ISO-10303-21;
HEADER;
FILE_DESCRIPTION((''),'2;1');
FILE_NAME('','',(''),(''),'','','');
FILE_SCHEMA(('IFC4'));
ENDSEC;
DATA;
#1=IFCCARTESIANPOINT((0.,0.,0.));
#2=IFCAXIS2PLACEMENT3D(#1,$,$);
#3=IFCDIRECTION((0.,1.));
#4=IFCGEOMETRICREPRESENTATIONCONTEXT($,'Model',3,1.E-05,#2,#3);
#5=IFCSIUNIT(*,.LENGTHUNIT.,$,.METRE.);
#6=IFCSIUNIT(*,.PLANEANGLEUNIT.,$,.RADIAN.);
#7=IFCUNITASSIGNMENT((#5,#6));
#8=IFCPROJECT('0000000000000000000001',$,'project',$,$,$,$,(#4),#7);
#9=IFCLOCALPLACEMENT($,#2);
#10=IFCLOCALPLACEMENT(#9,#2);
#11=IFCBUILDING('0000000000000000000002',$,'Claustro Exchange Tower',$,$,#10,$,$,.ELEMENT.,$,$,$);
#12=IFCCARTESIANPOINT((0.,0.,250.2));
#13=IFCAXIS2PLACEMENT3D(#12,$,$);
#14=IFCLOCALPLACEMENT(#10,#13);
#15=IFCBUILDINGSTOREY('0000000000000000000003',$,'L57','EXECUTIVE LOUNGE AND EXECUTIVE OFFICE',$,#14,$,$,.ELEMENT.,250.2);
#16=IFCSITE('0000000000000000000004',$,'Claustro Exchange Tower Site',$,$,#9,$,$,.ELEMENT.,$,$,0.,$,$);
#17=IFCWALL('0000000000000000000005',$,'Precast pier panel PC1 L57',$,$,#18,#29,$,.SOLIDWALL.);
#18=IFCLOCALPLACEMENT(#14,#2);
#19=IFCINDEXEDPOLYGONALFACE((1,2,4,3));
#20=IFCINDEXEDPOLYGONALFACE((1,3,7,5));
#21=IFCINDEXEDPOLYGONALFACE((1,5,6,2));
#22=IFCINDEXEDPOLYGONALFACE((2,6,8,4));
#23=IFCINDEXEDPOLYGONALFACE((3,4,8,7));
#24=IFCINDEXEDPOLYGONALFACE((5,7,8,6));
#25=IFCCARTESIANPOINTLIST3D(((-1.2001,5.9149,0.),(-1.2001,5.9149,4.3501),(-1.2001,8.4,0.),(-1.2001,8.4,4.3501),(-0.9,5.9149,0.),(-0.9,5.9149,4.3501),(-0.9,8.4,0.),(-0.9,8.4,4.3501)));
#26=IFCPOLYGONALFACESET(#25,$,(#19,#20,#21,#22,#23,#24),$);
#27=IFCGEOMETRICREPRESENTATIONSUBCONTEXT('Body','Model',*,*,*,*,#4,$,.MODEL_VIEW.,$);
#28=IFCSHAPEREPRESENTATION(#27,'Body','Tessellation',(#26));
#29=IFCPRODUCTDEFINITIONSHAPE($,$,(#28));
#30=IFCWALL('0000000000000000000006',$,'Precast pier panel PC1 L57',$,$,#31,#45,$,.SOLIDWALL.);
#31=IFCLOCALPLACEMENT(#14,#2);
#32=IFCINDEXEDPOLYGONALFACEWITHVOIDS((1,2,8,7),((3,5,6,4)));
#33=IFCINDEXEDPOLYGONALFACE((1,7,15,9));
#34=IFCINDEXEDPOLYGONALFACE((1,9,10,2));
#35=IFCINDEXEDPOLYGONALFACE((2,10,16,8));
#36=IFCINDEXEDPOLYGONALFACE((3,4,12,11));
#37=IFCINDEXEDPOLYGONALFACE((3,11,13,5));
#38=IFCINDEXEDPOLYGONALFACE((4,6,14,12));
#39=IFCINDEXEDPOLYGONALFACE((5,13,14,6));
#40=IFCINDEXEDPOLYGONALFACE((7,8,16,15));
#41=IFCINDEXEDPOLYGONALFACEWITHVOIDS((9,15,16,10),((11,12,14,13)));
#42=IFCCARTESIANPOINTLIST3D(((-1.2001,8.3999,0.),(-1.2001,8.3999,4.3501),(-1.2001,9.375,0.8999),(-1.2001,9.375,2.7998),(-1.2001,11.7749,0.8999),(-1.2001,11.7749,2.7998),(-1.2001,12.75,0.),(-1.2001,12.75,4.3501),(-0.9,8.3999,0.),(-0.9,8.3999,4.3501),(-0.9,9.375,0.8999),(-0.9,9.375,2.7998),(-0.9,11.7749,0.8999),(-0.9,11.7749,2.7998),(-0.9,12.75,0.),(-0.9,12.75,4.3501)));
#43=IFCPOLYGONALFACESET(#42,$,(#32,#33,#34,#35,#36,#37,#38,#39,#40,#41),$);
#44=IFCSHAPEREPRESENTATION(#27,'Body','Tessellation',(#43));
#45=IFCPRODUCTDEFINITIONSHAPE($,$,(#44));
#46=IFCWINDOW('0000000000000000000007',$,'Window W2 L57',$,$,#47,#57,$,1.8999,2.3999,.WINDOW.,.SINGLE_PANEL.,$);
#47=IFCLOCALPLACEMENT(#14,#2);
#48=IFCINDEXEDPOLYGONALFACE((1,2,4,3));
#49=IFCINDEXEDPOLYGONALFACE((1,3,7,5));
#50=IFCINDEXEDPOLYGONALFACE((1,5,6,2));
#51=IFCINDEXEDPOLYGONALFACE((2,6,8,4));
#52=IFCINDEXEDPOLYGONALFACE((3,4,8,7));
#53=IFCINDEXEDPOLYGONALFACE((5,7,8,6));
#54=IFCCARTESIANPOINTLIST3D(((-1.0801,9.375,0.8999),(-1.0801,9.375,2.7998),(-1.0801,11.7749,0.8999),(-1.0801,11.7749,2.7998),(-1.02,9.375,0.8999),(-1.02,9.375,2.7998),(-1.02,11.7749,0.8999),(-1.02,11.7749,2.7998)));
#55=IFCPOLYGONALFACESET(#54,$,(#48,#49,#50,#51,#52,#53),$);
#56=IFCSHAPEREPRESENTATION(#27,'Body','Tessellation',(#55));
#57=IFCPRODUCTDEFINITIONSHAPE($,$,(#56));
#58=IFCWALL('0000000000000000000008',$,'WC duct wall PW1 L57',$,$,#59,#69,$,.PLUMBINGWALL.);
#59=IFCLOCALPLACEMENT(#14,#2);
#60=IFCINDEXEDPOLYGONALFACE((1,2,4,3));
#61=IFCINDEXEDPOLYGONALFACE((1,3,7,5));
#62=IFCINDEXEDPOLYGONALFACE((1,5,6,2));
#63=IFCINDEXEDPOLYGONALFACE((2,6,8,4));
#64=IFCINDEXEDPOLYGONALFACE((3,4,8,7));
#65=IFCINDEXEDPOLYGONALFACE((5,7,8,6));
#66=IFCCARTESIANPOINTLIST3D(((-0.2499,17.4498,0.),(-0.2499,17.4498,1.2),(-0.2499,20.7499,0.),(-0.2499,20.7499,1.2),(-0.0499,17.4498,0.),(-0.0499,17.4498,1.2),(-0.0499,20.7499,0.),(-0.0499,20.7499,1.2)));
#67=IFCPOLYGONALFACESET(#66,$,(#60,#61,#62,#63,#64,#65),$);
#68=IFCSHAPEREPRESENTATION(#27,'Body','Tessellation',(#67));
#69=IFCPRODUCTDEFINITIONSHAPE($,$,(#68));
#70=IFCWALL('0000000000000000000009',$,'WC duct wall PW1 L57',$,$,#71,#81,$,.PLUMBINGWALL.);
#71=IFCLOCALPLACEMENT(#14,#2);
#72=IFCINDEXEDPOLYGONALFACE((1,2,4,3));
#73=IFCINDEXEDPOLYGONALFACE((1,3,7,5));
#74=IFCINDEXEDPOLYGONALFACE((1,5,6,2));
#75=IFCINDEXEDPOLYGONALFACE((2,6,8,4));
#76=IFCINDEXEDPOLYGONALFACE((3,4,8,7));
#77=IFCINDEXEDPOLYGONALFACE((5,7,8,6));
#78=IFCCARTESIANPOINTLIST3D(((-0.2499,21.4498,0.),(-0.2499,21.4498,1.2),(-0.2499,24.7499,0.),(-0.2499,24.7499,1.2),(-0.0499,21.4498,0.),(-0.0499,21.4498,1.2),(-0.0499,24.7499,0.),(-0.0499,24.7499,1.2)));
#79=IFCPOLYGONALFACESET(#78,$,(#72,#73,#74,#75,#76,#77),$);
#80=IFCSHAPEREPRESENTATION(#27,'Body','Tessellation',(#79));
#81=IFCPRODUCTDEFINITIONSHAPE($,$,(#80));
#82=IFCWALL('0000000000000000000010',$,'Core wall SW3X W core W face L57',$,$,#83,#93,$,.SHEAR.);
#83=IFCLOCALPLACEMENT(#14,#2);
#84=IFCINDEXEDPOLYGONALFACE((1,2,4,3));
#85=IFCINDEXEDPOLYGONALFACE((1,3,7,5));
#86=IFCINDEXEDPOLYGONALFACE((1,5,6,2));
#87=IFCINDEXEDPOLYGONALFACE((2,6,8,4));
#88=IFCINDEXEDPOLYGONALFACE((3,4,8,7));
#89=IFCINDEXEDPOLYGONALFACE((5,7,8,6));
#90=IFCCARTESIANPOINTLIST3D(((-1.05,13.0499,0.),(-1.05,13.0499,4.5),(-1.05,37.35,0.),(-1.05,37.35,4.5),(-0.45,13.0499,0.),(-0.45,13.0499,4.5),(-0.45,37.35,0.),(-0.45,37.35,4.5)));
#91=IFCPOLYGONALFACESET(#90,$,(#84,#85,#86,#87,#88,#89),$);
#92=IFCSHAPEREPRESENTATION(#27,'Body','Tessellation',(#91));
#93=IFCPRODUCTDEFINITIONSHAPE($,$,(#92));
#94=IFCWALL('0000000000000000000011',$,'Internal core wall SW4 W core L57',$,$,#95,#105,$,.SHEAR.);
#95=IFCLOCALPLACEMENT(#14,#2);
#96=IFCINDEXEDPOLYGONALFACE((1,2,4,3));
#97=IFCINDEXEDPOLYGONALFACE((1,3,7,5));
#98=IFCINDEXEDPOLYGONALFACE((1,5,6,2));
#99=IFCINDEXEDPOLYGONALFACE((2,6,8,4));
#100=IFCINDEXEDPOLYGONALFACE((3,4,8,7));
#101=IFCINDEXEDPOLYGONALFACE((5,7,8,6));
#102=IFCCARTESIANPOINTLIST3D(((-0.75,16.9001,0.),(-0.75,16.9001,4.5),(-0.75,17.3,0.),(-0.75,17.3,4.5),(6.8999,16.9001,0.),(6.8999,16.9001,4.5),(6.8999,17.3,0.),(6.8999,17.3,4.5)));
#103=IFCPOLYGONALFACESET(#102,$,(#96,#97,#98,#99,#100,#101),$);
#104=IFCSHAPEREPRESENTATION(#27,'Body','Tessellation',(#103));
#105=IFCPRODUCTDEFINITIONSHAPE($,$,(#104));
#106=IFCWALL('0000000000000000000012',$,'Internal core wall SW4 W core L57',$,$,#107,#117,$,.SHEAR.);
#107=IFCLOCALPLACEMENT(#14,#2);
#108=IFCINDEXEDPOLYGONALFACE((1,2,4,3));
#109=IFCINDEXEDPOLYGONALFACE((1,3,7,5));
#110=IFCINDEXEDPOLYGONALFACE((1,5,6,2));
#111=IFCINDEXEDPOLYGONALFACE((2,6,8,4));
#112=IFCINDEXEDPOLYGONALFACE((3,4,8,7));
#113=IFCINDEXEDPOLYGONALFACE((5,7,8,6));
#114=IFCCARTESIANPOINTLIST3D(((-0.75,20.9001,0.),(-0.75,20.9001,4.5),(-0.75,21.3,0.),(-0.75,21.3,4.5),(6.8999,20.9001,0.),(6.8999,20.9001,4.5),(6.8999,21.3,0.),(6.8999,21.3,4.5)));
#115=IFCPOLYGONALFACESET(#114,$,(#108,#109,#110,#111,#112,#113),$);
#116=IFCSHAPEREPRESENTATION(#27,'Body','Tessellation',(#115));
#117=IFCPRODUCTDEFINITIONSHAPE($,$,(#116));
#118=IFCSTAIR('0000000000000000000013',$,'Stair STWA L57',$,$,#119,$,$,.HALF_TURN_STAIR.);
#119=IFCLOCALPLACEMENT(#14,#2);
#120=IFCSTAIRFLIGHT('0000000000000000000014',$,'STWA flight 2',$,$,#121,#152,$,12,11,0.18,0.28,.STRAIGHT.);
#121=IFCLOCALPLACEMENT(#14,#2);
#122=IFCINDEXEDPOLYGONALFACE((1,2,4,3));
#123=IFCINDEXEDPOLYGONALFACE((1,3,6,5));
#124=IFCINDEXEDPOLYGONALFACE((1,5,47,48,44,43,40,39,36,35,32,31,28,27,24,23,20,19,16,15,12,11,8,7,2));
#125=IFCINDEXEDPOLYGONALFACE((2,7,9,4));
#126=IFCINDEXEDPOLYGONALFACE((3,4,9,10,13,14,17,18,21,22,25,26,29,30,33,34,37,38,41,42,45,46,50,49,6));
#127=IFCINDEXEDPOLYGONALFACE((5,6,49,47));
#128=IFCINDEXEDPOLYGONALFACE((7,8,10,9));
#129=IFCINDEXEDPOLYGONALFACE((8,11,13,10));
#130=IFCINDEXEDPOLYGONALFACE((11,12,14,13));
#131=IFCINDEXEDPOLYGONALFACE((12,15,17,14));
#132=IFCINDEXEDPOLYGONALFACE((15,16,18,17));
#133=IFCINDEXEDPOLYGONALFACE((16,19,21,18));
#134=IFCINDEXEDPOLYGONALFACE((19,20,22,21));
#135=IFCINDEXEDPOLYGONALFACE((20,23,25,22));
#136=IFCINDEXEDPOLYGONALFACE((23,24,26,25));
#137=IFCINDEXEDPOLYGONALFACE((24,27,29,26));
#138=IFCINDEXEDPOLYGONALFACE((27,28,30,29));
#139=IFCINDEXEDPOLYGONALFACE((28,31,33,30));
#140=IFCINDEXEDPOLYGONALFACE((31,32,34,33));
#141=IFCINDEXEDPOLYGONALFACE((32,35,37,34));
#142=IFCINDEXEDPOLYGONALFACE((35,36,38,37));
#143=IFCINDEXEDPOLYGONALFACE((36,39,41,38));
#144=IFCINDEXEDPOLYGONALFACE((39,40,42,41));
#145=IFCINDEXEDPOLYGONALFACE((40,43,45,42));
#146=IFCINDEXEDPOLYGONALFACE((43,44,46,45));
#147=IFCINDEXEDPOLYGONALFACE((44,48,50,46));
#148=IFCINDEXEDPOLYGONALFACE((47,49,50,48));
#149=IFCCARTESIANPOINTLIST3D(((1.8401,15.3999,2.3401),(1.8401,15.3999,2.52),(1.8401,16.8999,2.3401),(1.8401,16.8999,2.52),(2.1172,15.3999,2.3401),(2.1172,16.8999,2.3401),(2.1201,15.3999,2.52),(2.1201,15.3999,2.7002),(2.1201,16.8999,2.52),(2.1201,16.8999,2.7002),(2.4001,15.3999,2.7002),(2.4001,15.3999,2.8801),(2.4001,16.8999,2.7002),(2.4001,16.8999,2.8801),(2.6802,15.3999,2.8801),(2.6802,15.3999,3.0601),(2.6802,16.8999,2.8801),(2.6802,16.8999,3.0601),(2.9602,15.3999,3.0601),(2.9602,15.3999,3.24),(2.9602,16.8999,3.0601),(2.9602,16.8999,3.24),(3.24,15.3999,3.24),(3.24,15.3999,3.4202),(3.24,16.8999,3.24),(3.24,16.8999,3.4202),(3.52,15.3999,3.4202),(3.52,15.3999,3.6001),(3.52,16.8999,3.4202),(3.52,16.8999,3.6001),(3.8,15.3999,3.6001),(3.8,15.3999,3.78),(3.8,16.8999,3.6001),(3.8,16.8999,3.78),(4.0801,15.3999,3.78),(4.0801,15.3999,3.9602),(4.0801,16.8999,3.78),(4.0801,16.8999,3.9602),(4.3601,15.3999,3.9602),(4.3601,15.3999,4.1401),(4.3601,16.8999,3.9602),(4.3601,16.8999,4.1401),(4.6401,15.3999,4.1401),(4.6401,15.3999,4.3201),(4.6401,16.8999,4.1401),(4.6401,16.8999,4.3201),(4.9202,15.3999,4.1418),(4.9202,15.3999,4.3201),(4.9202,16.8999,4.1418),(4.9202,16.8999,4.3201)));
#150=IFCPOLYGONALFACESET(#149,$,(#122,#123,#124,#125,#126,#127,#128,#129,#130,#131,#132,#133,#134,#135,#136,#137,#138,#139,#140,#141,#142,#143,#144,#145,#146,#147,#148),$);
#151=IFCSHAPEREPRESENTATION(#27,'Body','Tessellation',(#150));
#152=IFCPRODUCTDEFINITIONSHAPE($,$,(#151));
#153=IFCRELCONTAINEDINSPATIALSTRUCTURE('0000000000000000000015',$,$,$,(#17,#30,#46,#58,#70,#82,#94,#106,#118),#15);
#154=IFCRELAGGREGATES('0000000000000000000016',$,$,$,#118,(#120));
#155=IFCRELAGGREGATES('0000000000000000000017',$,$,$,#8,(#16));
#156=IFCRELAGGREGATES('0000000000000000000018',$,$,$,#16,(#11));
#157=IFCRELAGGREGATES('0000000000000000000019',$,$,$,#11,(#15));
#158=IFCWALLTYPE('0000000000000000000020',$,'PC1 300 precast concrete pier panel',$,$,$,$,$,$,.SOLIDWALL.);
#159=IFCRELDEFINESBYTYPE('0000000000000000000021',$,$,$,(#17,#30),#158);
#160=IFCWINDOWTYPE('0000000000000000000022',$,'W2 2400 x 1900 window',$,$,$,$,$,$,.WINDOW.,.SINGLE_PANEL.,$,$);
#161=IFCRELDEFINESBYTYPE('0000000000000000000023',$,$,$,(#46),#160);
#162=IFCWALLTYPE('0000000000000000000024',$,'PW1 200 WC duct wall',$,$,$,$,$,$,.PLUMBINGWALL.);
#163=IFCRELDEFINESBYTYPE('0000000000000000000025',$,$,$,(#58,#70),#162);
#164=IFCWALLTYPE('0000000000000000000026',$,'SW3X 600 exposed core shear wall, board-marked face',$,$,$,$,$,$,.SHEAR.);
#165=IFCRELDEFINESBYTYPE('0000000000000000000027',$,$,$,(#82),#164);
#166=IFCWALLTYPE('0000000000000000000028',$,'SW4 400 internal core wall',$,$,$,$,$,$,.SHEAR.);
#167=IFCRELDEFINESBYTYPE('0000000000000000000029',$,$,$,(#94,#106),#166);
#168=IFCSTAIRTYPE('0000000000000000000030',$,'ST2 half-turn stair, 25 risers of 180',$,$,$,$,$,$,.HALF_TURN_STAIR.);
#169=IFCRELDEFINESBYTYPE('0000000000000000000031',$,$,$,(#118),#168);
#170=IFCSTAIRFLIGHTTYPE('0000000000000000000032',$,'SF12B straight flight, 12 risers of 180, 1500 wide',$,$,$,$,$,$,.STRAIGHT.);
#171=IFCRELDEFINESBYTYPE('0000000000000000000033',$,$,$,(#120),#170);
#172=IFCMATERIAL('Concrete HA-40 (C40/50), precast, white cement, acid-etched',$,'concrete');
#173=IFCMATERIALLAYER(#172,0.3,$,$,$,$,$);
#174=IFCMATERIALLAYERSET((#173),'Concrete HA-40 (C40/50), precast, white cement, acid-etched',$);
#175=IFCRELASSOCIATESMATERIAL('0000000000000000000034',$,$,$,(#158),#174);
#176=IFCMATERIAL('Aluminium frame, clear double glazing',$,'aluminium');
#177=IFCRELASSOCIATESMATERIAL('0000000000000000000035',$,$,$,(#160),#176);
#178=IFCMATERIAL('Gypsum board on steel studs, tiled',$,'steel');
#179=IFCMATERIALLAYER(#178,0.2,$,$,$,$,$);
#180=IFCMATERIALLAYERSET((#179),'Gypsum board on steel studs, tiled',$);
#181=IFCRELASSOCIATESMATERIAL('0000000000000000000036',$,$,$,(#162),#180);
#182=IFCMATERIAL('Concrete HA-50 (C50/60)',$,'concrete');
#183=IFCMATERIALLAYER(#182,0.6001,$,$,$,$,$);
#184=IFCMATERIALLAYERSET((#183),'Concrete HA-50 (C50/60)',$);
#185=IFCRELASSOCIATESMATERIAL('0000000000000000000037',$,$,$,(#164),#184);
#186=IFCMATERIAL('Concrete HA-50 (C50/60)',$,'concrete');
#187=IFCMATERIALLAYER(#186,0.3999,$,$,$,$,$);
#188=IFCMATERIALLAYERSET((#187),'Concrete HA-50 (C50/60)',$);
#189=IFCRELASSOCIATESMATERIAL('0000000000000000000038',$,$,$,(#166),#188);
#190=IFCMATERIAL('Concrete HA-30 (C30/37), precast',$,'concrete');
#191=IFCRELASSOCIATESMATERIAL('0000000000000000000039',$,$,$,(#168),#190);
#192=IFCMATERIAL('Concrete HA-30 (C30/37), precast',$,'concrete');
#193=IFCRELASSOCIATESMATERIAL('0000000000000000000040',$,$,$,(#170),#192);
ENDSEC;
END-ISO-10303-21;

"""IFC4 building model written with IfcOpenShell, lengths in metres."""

from ifc_helpers import new_model, si_unit, direction, frame, frame_2d, origin, place, context, subcontext, project, spatial, polyline, rectangle, outline, extrude, material, layer, layer_set, type_object, element, fill, aggregate, save


model = new_model("IFC4")

# Units and contexts
model_context = context("Model", 3, precision=1e-05, world=origin(), true_north=direction((0.0, 1.0)))
body_context = subcontext(model_context, "Body", "Model", "MODEL_VIEW")
ifc_project = project(units=[si_unit("LENGTHUNIT", "METRE"), si_unit("PLANEANGLEUNIT", "RADIAN")], contexts=[model_context])

# Site, building, storey
site_placement = place(None, origin())
site = spatial("IfcSite", under=ifc_project, at=site_placement, Name="Claustro Exchange Tower Site", CompositionType="ELEMENT", RefElevation=0.0)
building_placement = place(site_placement, origin())
building = spatial("IfcBuilding", under=site, at=building_placement, Name="Claustro Exchange Tower", CompositionType="ELEMENT")
storey_placement = place(building_placement, frame((0.0, 0.0, 250.2)))
storey = spatial("IfcBuildingStorey", under=building, at=storey_placement, Name="L57", Description="EXECUTIVE LOUNGE AND EXECUTIVE OFFICE", CompositionType="ELEMENT", Elevation=250.2)

# Wall
ifc_material_1 = material(Name="Concrete HA-40 (C40/50), precast, white cement, acid-etched", Category="concrete")
ifc_layer_1 = layer(ifc_material_1, 0.3)
ifc_layer_set_1 = layer_set([ifc_layer_1], Name="Concrete HA-40 (C40/50), precast, white cement, acid-etched")
wall_type_1 = type_object("IfcWallType", Name="PC1 300 precast concrete pier panel", PredefinedType="SOLIDWALL", material=ifc_layer_set_1)
wall_1_placement = place(storey_placement, frame((-1.05, 5.9148, 0.0), z_axis=(0.0, 0.0, 1.0), x_axis=(0.0, 1.0, 0.0)))
element("IfcWall", 1, at=wall_1_placement, inside=storey, type_object=wall_type_1, Name="Precast pier panel PC1 L57", PredefinedType="SOLIDWALL", context=body_context, shape_type="SweptSolid", body=[
    extrude(rectangle(XDim=2.4851, YDim=0.3, at=frame_2d((1.2427, 0.0))), origin(), (0.0, 0.0, 1.0), 4.3501),
])

# Wall, opening, window
wall_2_placement = place(storey_placement, frame((-1.05, 8.3999, 0.0), z_axis=(0.0, 0.0, 1.0), x_axis=(0.0, 1.0, 0.0)))
wall_2 = element("IfcWall", 2, at=wall_2_placement, inside=storey, type_object=wall_type_1, Name="Precast pier panel PC1 L57", PredefinedType="SOLIDWALL", context=body_context, shape_type="SweptSolid", body=[
    extrude(rectangle(XDim=4.3501, YDim=0.3, at=frame_2d((2.175, 0.0))), origin(), (0.0, 0.0, 1.0), 4.3501),
])
opening_1_placement = place(wall_2_placement, frame((0.9751, 0.0, 0.8999)))
opening_1 = element("IfcOpeningElement", 3, at=opening_1_placement, cuts=wall_2, PredefinedType="OPENING", context=body_context, shape_type="SweptSolid", body=[
    extrude(rectangle(XDim=2.3999, YDim=1.8999, at=frame_2d((1.2, 0.95))), frame((0.0, 0.1599, 0.0), z_axis=(0.0, -1.0, 0.0), x_axis=(1.0, 0.0, 0.0)), (0.0, 0.0, 1.0), 0.3201),
])
ifc_material_2 = material(Name="Aluminium frame, clear double glazing", Category="aluminium")
window_type = type_object("IfcWindowType", Name="W2 2400 x 1900 window", PartitioningType="SINGLE_PANEL", PredefinedType="WINDOW", material=ifc_material_2)
window_placement = place(opening_1_placement, origin())
window = element("IfcWindow", 4, at=window_placement, inside=storey, type_object=window_type, Name="Window W2 L57", OverallHeight=1.8999, OverallWidth=2.3999, PartitioningType="SINGLE_PANEL", PredefinedType="WINDOW", context=body_context, shape_type="SweptSolid", body=[
    extrude(rectangle(XDim=2.3999, YDim=1.8999, at=frame_2d((1.2, 0.95))), frame((0.0, 0.03, 0.0), z_axis=(0.0, -1.0, 0.0), x_axis=(1.0, 0.0, 0.0)), (0.0, 0.0, 1.0), 0.0601),
])
fill(opening_1, window)

# Walls
ifc_material_3 = material(Name="Gypsum board on steel studs, tiled", Category="steel")
ifc_layer_2 = layer(ifc_material_3, 0.2)
ifc_layer_set_2 = layer_set([ifc_layer_2], Name="Gypsum board on steel studs, tiled")
wall_type_2 = type_object("IfcWallType", Name="PW1 200 WC duct wall", PredefinedType="PLUMBINGWALL", material=ifc_layer_set_2)
for number, where, z_axis, x_axis, name in (
    (5, (-0.1499, 17.45, 0.0), (0.0, 0.0, 1.0), (0.0, 1.0, 0.0), "WC duct wall PW1 L57"),
    (6, (-0.1499, 21.45, 0.0), (0.0, 0.0, 1.0), (0.0, 1.0, 0.0), "WC duct wall PW1 L57"),
):
    element("IfcWall", number, at=place(storey_placement, frame(where, z_axis=z_axis, x_axis=x_axis)), inside=storey, type_object=wall_type_2, Name=name, PredefinedType="PLUMBINGWALL", context=body_context, shape_type="SweptSolid", body=[
        extrude(rectangle(XDim=3.3, YDim=0.2, at=frame_2d((1.6499, 0.0))), origin(), (0.0, 0.0, 1.0), 1.2),
    ])

# Walls
ifc_material_4 = material(Name="Concrete HA-50 (C50/60)", Category="concrete")
ifc_layer_3 = layer(ifc_material_4, 0.6001)
ifc_layer_set_3 = layer_set([ifc_layer_3], Name="Concrete HA-50 (C50/60)")
wall_type_3 = type_object("IfcWallType", Name="SW3X 600 exposed core shear wall, board-marked face", PredefinedType="SHEAR", material=ifc_layer_set_3)
wall_3_placement = place(storey_placement, frame((-0.75, 13.05, 0.0), z_axis=(0.0, 0.0, 1.0), x_axis=(0.0, 1.0, 0.0)))
element("IfcWall", 7, at=wall_3_placement, inside=storey, type_object=wall_type_3, Name="Core wall SW3X W core W face L57", PredefinedType="SHEAR", context=body_context, shape_type="SweptSolid", body=[
    extrude(rectangle(XDim=24.3, YDim=0.6001, at=frame_2d((12.1499, 0.0))), origin(), (0.0, 0.0, 1.0), 4.5),
])
ifc_material_5 = material(Name="Concrete HA-50 (C50/60)", Category="concrete")
ifc_layer_4 = layer(ifc_material_5, 0.3999)
ifc_layer_set_4 = layer_set([ifc_layer_4], Name="Concrete HA-50 (C50/60)")
wall_type_4 = type_object("IfcWallType", Name="SW4 400 internal core wall", PredefinedType="SHEAR", material=ifc_layer_set_4)
for number, where, z_axis, x_axis, name in (
    (8, (-0.75, 17.1001, 0.0), (0.0, 0.0, 1.0), (1.0, 0.0, 0.0), "Internal core wall SW4 W core L57"),
    (9, (-0.75, 21.1001, 0.0), (0.0, 0.0, 1.0), (1.0, 0.0, 0.0), "Internal core wall SW4 W core L57"),
):
    element("IfcWall", number, at=place(storey_placement, frame(where, z_axis=z_axis, x_axis=x_axis)), inside=storey, type_object=wall_type_4, Name=name, PredefinedType="SHEAR", context=body_context, shape_type="SweptSolid", body=[
        extrude(rectangle(XDim=7.6499, YDim=0.3999, at=frame_2d((3.825, 0.0))), origin(), (0.0, 0.0, 1.0), 4.5),
    ])

# Stair, stair flight
ifc_material_6 = material(Name="Concrete HA-30 (C30/37), precast", Category="concrete")
stair_type = type_object("IfcStairType", Name="ST2 half-turn stair, 25 risers of 180", PredefinedType="HALF_TURN_STAIR", material=ifc_material_6)
stair_placement = place(storey_placement, origin())
stair = element("IfcStair", 10, at=stair_placement, inside=storey, type_object=stair_type, Name="Stair STWA L57", PredefinedType="HALF_TURN_STAIR")
ifc_material_7 = material(Name="Concrete HA-30 (C30/37), precast", Category="concrete")
stair_flight_type_1 = type_object("IfcStairFlightType", Name="SF12B straight flight, 12 risers of 180, 1500 wide", PredefinedType="STRAIGHT", material=ifc_material_7)
stair_flight_1_placement = place(storey_placement, frame((1.8401, 16.1499, 2.3401), z_axis=(0.0, 0.0, 1.0), x_axis=(1.0, 0.0, 0.0)))
stair_flight_1 = element("IfcStairFlight", 11, at=stair_flight_1_placement, type_object=stair_flight_type_1, Name="STWA flight 2", NumberOfRisers=12, NumberOfTreads=11, PredefinedType="STRAIGHT", RiserHeight=0.18, TreadLength=0.28, context=body_context, shape_type="SweptSolid", body=[
    extrude(outline(polyline([(0.0, 0.0), (0.0, 0.1799), (0.28, 0.1799), (0.28, 0.3601), (0.5601, 0.3601), (0.5601, 0.54), (0.8401, 0.54), (0.8401, 0.72), (1.1201, 0.72), (1.1201, 0.8999), (1.3999, 0.8999), (1.3999, 1.0801), (1.6799, 1.0801), (1.6799, 1.26), (1.96, 1.26), (1.96, 1.4399), (2.24, 1.4399), (2.24, 1.6201), (2.52, 1.6201), (2.52, 1.8), (2.8, 1.8), (2.8, 1.98), (3.0801, 1.98), (3.0801, 2.1599), (3.0801, 1.8018), (0.2771, 0.0), (0.0, 0.0)])), frame((0.0, 0.75, 0.0), z_axis=(0.0, -1.0, 0.0), x_axis=(1.0, 0.0, 0.0)), (0.0, 0.0, 1.0), 1.5),
])
aggregate(stair, [stair_flight_1])

save(model, "model.ifc")
